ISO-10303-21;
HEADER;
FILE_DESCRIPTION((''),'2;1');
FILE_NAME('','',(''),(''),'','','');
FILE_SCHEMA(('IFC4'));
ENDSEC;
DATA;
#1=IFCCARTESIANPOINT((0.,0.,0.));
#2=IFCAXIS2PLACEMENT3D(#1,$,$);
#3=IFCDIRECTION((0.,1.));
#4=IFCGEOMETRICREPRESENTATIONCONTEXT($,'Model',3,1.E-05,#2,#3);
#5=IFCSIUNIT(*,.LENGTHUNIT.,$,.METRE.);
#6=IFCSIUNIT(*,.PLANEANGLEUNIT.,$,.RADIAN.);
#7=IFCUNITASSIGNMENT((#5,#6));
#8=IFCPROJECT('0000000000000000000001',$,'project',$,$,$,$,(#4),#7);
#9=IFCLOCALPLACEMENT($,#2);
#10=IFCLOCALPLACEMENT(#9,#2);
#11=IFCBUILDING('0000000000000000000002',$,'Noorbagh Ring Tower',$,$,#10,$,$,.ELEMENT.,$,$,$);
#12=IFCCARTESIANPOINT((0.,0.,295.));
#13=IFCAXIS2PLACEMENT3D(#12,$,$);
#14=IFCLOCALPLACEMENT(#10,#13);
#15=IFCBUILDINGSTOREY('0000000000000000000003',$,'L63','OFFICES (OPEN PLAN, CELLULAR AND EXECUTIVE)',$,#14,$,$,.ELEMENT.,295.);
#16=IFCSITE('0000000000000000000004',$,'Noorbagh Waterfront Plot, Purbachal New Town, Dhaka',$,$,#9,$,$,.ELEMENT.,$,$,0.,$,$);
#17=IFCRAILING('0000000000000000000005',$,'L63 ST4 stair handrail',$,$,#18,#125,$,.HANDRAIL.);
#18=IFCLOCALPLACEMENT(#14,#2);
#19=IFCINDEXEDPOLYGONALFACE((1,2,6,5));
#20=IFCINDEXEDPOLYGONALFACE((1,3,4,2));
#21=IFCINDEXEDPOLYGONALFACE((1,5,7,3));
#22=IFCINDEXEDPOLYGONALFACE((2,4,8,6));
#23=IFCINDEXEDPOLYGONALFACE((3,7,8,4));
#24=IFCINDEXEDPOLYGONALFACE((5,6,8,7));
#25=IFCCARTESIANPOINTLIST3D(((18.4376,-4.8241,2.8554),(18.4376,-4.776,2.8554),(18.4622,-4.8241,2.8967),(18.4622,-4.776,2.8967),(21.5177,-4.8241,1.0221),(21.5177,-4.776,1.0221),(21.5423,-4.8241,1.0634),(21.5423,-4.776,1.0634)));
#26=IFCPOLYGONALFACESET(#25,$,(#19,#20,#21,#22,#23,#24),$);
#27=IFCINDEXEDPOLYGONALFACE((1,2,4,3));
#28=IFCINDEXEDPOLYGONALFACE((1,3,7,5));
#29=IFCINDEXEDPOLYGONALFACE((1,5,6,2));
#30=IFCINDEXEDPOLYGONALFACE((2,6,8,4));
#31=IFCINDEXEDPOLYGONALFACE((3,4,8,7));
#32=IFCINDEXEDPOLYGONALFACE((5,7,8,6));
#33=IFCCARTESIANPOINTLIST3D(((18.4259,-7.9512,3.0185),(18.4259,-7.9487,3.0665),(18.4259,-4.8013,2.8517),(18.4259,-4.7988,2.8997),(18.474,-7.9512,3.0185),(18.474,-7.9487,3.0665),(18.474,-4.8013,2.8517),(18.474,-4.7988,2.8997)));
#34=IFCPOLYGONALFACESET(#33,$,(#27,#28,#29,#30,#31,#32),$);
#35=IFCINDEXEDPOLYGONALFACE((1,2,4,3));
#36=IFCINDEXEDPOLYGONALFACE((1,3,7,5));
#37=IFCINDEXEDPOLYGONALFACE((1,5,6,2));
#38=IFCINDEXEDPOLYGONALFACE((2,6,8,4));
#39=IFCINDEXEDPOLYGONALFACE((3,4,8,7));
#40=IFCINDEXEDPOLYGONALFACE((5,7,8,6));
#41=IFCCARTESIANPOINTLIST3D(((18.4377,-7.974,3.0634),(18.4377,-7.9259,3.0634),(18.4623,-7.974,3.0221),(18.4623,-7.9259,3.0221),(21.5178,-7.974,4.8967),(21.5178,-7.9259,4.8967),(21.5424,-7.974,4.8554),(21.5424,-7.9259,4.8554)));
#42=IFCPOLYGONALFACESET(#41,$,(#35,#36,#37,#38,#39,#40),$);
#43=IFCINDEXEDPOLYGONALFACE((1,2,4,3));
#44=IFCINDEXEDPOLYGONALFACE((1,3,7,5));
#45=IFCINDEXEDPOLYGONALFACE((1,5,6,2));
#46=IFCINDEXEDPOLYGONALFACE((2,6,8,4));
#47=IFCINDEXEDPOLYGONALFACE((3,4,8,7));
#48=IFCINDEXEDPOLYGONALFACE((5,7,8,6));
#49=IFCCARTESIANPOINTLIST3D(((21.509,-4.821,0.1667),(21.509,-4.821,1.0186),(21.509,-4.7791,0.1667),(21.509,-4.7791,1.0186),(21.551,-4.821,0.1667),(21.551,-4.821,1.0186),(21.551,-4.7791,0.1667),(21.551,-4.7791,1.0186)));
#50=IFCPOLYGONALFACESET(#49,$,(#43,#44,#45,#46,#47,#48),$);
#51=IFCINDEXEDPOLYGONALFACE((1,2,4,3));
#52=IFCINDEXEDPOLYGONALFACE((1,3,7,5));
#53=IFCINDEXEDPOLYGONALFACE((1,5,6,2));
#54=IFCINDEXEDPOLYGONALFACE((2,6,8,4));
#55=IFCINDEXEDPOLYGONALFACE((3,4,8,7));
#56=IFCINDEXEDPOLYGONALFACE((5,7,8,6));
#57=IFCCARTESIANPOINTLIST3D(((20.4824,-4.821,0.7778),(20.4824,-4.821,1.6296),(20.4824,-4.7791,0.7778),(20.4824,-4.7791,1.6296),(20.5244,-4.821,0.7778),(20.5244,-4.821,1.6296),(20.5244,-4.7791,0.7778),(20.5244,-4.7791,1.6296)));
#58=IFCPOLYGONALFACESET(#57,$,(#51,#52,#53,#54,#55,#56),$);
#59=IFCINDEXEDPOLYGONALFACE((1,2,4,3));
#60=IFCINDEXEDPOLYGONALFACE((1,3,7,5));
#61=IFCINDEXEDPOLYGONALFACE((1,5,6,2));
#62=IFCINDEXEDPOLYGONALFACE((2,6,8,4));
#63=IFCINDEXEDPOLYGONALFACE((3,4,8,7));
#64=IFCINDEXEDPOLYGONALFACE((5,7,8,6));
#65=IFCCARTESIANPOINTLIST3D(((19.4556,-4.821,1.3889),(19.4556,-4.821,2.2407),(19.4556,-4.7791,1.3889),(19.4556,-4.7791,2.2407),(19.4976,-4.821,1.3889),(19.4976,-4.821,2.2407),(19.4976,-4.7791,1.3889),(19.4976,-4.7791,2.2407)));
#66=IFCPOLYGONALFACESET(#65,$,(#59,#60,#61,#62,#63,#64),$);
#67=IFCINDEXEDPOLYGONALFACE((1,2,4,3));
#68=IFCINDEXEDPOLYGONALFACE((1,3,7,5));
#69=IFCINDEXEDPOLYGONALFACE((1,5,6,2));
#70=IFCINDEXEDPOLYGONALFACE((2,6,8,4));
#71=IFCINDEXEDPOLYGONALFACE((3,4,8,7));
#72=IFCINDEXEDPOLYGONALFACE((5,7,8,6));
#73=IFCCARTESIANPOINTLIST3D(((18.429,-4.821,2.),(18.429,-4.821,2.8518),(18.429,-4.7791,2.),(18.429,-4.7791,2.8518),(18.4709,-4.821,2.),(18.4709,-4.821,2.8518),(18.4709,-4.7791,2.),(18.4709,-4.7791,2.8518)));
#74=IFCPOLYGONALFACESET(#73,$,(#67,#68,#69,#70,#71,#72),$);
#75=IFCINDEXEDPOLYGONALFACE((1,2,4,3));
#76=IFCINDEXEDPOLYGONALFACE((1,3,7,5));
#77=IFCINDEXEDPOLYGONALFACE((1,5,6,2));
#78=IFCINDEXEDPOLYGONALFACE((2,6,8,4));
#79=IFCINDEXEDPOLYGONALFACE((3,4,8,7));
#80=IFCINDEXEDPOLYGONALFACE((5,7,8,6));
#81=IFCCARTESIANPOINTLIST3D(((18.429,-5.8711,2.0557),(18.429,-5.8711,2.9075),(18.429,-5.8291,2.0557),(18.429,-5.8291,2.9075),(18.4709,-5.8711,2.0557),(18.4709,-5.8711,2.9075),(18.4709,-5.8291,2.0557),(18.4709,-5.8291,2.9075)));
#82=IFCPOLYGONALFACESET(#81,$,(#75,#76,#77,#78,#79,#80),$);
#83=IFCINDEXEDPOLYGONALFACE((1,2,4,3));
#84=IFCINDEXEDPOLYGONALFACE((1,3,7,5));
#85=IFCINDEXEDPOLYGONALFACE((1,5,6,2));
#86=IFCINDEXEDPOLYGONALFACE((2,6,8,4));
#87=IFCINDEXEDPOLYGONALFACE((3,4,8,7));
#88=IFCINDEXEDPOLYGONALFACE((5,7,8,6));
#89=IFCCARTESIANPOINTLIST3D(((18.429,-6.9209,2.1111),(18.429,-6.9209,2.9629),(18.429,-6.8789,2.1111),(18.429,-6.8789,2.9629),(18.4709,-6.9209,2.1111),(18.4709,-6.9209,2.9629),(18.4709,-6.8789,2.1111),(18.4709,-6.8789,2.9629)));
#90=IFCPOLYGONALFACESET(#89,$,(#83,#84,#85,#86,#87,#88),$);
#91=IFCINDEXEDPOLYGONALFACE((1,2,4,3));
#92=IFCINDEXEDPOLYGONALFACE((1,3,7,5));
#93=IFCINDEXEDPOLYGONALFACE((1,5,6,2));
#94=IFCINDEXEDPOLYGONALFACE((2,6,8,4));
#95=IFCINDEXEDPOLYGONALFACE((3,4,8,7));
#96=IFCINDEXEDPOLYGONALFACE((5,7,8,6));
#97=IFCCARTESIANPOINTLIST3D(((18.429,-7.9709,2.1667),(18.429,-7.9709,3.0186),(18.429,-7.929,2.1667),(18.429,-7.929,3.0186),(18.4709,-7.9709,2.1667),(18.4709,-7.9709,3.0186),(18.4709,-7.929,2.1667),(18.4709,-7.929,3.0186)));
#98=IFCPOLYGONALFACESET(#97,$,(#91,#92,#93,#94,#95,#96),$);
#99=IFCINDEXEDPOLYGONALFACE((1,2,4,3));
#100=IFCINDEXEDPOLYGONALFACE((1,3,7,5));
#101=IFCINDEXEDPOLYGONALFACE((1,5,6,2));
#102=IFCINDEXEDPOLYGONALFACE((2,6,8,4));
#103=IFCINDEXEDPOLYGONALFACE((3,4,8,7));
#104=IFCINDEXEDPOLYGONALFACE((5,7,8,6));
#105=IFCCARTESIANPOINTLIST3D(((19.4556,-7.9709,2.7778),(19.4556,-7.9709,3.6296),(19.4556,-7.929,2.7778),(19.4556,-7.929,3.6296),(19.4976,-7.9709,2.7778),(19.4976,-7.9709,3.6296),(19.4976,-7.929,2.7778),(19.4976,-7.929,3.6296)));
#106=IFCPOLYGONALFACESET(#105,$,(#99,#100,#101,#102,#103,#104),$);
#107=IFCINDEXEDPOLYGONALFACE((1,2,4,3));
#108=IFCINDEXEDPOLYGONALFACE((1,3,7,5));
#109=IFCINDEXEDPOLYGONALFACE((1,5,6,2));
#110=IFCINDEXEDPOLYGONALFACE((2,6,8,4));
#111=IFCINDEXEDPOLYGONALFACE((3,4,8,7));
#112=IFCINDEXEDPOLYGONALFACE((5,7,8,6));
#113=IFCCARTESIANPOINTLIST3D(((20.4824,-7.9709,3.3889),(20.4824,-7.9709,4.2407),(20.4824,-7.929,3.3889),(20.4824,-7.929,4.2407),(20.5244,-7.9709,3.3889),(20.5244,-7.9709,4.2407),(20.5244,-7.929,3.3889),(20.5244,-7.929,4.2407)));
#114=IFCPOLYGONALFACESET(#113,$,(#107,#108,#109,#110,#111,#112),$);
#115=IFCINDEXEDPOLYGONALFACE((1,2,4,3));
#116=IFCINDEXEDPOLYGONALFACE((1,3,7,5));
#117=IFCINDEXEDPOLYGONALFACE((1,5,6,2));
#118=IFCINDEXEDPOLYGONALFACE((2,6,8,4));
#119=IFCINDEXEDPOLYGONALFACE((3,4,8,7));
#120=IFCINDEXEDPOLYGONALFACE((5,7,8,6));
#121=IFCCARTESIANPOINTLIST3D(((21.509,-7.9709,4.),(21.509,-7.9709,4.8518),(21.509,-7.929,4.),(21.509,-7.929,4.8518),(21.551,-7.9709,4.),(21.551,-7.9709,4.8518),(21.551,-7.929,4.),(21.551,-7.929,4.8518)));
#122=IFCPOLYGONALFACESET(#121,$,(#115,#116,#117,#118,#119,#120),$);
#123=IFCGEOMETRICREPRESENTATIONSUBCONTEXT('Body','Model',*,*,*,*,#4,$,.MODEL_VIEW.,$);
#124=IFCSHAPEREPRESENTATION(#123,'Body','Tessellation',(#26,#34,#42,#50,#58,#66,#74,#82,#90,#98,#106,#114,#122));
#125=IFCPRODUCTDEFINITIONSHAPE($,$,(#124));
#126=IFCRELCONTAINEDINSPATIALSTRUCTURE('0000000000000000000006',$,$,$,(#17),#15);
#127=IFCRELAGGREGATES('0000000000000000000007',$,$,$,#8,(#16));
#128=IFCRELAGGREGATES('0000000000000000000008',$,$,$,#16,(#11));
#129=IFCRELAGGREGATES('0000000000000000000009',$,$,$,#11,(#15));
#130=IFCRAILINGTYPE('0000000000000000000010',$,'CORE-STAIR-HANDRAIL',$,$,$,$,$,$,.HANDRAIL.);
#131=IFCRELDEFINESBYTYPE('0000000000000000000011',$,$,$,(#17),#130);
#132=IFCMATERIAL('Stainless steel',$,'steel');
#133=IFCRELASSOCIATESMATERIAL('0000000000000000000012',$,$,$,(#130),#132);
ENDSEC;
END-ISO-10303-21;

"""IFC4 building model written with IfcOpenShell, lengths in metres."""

from ifc_helpers import new_model, si_unit, direction, frame, origin, origin_2d, place, context, subcontext, project, spatial, rectangle, extrude, material, type_object, element, save


model = new_model("IFC4")

# Units and contexts
model_context = context("Model", 3, precision=1e-05, world=origin(), true_north=direction((0.0, 1.0)))
body_context = subcontext(model_context, "Body", "Model", "MODEL_VIEW")
ifc_project = project(units=[si_unit("LENGTHUNIT", "METRE"), si_unit("PLANEANGLEUNIT", "RADIAN")], contexts=[model_context])

# Site, building, storey
site_placement = place(None, origin())
site = spatial("IfcSite", under=ifc_project, at=site_placement, Name="Noorbagh Waterfront Plot, Purbachal New Town, Dhaka", CompositionType="ELEMENT", RefElevation=0.0)
building_placement = place(site_placement, origin())
building = spatial("IfcBuilding", under=site, at=building_placement, Name="Noorbagh Ring Tower", CompositionType="ELEMENT")
storey_placement = place(building_placement, frame((0.0, 0.0, 295.0)))
storey = spatial("IfcBuildingStorey", under=building, at=storey_placement, Name="L63", Description="OFFICES (OPEN PLAN, CELLULAR AND EXECUTIVE)", CompositionType="ELEMENT", Elevation=295.0)

# Railing
ifc_material_1 = material(Name="Stainless steel", Category="steel")
railing_type_1 = type_object("IfcRailingType", Name="CORE-STAIR-HANDRAIL", PredefinedType="HANDRAIL", material=ifc_material_1)
railing_1_placement = place(storey_placement, frame((21.53, -4.8, 0.1667)))
element("IfcRailing", 1, at=railing_1_placement, inside=storey, type_object=railing_type_1, Name="L63 ST4 stair handrail", PredefinedType="HANDRAIL", context=body_context, shape_type="SweptSolid", body=[
    extrude(rectangle(XDim=0.0481, YDim=0.0481, at=origin_2d()), frame((0.0, 0.0, 0.876), z_axis=(-0.859309, 0.0, 0.511458), x_axis=(0.0, -1.0, 0.0)), (0.0, 0.0, 1.0), 3.5845),
    extrude(rectangle(XDim=0.0481, YDim=0.0481, at=origin_2d()), frame((-3.0801, 0.0, 2.709), z_axis=(0.0, -0.998602, 0.052864), x_axis=(1.0, 0.0, 0.0)), (0.0, 0.0, 1.0), 3.1543),
    extrude(rectangle(XDim=0.0481, YDim=0.0481, at=origin_2d()), frame((-3.0801, -3.1499, 2.876), z_axis=(0.859309, 0.0, 0.511458), x_axis=(0.0, 1.0, 0.0)), (0.0, 0.0, 1.0), 3.5845),
    extrude(rectangle(XDim=0.042, YDim=0.042, at=origin_2d()), origin(), (0.0, 0.0, 1.0), 0.8518),
    extrude(rectangle(XDim=0.042, YDim=0.042, at=origin_2d()), frame((-1.0266, 0.0, 0.6111)), (0.0, 0.0, 1.0), 0.8518),
    extrude(rectangle(XDim=0.042, YDim=0.042, at=origin_2d()), frame((-2.0535, 0.0, 1.2222)), (0.0, 0.0, 1.0), 0.8518),
    extrude(rectangle(XDim=0.042, YDim=0.042, at=origin_2d()), frame((-3.0801, 0.0, 1.8333)), (0.0, 0.0, 1.0), 0.8518),
    extrude(rectangle(XDim=0.042, YDim=0.042, at=origin_2d()), frame((-3.0801, -1.05, 1.8889)), (0.0, 0.0, 1.0), 0.8518),
    extrude(rectangle(XDim=0.042, YDim=0.042, at=origin_2d()), frame((-3.0801, -2.0999, 1.9443)), (0.0, 0.0, 1.0), 0.8518),
    extrude(rectangle(XDim=0.042, YDim=0.042, at=origin_2d()), frame((-3.0801, -3.1499, 2.0)), (0.0, 0.0, 1.0), 0.8518),
    extrude(rectangle(XDim=0.042, YDim=0.042, at=origin_2d()), frame((-2.0535, -3.1499, 2.6111)), (0.0, 0.0, 1.0), 0.8518),
    extrude(rectangle(XDim=0.042, YDim=0.042, at=origin_2d()), frame((-1.0266, -3.1499, 3.2222)), (0.0, 0.0, 1.0), 0.8518),
    extrude(rectangle(XDim=0.042, YDim=0.042, at=origin_2d()), frame((0.0, -3.1499, 3.8333)), (0.0, 0.0, 1.0), 0.8518),
])

save(model, "model.ifc")
